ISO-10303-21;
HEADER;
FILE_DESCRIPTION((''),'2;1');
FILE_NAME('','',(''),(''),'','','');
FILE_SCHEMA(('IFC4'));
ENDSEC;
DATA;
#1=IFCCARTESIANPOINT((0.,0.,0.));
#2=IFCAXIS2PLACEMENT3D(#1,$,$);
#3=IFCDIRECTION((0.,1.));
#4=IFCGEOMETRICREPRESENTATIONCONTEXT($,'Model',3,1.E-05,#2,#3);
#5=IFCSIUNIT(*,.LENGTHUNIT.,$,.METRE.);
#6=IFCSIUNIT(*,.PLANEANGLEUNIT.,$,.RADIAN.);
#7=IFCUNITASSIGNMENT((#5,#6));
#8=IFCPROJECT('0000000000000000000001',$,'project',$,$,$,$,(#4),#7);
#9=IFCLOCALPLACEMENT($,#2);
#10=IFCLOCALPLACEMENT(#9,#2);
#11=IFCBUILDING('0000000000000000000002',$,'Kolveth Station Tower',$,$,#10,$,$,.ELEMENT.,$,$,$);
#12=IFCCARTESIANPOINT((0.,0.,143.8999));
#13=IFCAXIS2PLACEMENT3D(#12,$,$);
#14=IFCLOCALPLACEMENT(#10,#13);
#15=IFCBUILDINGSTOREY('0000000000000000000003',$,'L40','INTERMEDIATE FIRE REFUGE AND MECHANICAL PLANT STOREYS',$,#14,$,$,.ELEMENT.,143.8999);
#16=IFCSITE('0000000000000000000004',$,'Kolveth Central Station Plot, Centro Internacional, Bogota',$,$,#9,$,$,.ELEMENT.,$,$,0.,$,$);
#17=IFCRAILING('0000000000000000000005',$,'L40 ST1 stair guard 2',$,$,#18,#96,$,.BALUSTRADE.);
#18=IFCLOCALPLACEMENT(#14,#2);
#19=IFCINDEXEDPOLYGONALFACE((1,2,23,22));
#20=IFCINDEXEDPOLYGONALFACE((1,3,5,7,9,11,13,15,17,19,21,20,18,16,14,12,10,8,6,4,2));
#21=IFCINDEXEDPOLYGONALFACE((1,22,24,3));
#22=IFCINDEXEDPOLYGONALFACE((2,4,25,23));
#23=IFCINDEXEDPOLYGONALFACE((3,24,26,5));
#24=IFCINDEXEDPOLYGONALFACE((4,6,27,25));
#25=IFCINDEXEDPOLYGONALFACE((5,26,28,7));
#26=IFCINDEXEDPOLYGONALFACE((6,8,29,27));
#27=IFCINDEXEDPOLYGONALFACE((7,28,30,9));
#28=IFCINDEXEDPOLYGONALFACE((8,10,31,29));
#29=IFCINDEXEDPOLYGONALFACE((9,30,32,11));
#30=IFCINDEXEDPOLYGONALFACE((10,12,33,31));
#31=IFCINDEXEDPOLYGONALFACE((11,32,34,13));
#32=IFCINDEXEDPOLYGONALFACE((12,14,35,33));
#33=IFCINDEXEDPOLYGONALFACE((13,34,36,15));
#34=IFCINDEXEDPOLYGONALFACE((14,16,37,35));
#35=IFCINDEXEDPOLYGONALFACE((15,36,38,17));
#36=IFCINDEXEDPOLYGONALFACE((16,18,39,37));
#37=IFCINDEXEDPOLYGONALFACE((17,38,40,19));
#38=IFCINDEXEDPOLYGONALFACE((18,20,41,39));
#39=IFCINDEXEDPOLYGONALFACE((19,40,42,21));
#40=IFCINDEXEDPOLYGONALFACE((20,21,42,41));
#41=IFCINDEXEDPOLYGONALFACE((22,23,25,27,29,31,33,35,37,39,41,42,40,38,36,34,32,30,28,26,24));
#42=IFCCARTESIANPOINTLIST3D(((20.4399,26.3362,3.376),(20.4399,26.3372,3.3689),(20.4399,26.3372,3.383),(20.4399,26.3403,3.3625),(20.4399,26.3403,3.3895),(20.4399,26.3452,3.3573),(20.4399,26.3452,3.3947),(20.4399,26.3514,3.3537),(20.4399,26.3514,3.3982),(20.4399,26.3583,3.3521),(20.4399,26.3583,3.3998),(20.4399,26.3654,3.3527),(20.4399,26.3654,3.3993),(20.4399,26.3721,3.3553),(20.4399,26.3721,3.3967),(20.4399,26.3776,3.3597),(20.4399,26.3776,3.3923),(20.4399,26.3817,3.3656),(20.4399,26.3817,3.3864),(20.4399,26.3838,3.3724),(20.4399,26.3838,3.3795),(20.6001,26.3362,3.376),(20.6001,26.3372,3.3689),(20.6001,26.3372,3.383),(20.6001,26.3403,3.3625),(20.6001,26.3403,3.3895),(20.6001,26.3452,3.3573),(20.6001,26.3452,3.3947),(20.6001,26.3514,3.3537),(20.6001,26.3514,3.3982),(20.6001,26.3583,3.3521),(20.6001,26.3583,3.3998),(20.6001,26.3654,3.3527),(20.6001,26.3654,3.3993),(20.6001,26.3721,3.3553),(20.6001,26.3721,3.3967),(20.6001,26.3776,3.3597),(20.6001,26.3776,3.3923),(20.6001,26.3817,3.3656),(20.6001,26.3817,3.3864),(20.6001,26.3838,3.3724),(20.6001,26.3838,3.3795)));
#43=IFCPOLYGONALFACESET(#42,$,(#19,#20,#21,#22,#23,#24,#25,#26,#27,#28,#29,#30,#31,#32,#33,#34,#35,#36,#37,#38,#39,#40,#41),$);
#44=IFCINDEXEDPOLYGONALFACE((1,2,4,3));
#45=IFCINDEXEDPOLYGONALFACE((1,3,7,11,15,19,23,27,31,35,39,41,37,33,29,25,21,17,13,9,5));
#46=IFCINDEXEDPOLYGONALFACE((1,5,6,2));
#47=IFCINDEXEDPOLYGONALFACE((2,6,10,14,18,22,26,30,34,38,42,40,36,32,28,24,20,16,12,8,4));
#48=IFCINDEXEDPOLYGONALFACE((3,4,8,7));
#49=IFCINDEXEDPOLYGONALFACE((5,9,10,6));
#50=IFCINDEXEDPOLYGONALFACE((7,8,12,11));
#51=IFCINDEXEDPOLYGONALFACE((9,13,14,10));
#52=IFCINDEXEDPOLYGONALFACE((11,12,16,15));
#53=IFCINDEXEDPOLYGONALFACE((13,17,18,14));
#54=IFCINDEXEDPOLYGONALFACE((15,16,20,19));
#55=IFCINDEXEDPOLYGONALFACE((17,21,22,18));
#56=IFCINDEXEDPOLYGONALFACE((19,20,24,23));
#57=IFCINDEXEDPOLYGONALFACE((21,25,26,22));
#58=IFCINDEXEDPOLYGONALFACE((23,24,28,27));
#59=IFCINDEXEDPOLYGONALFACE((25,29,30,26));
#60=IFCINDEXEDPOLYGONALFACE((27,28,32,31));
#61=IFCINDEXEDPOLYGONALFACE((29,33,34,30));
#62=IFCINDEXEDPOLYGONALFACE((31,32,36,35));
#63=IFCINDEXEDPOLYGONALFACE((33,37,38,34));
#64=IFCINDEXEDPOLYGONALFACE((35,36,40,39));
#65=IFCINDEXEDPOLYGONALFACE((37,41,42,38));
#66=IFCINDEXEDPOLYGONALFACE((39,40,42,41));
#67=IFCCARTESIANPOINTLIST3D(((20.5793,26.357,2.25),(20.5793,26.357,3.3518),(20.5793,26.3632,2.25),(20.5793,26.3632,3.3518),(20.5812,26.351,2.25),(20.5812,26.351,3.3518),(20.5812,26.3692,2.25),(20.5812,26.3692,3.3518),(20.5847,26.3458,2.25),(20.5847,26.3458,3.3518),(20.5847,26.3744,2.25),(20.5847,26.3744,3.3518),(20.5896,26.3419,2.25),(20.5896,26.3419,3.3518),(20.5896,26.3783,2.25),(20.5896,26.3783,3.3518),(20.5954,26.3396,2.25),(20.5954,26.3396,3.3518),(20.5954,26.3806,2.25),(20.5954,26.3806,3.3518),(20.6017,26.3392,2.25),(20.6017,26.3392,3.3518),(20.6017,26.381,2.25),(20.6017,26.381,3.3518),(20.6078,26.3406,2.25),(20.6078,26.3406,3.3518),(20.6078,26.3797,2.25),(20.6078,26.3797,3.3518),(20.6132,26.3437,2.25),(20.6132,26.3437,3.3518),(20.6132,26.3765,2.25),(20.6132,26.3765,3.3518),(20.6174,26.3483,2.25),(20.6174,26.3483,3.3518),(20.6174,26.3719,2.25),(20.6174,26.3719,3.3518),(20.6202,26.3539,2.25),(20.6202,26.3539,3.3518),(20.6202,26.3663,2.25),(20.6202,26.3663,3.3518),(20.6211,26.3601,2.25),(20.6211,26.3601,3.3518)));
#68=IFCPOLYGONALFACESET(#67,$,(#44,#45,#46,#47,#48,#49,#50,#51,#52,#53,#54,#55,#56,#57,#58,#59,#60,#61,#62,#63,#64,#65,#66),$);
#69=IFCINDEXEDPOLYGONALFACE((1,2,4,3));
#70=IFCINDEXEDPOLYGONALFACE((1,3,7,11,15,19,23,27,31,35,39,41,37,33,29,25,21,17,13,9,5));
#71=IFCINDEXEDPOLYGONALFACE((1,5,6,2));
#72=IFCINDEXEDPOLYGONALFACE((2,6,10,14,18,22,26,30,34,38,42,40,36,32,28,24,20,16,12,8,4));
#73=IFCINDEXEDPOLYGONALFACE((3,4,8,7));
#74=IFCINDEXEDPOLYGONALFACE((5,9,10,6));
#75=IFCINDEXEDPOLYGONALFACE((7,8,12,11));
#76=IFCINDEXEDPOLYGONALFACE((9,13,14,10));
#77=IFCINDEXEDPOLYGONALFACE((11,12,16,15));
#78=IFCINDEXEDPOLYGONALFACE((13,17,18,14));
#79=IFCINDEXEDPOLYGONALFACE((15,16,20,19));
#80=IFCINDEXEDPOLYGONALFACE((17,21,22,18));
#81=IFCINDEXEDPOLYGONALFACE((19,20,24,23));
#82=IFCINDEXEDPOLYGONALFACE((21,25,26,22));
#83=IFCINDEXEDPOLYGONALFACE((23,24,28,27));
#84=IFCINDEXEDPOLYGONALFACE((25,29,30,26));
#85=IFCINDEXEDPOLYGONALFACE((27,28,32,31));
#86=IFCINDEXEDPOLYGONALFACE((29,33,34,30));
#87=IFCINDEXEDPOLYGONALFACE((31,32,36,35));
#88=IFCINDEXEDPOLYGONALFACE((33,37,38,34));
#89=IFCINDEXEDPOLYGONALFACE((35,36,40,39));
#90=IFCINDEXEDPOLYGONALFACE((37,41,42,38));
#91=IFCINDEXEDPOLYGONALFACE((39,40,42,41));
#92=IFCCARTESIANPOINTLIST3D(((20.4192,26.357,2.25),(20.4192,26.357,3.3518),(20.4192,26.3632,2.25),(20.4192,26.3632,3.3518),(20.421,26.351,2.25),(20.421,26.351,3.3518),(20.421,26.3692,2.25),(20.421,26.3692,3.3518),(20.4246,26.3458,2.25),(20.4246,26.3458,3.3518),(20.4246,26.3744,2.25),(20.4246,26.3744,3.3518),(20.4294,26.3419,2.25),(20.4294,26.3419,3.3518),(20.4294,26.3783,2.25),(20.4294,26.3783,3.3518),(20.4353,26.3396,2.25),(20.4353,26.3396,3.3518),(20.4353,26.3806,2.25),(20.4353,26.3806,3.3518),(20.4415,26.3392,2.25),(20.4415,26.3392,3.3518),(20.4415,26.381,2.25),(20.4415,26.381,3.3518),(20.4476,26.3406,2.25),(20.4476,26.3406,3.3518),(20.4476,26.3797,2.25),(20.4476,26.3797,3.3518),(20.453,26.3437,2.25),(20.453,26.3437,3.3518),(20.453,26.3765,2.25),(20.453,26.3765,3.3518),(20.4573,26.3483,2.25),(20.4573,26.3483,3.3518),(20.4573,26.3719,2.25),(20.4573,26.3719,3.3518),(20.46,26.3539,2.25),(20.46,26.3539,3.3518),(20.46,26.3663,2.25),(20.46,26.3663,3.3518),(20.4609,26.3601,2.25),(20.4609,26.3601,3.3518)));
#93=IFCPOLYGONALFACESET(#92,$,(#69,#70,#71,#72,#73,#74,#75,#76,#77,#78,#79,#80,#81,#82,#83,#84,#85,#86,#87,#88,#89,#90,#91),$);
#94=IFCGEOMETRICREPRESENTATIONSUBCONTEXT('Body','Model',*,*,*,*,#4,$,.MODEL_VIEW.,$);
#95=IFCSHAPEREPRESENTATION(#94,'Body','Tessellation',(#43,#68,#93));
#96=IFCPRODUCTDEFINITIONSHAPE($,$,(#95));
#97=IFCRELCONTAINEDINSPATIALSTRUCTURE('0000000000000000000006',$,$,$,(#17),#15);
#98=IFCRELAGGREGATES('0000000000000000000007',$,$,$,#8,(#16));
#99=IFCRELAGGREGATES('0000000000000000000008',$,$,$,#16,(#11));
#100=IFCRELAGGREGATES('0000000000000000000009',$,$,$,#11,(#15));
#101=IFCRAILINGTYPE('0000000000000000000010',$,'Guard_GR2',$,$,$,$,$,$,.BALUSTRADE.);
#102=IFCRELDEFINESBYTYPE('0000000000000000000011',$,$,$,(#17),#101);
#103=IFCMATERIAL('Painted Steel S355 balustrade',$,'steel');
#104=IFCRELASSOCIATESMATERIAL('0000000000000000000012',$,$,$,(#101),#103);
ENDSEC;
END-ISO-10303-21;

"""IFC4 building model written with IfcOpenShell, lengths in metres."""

from ifc_helpers import new_model, si_unit, direction, frame, origin, origin_2d, place, context, subcontext, project, spatial, circle, extrude, material, type_object, element, save


model = new_model("IFC4")

# Units and contexts
model_context = context("Model", 3, precision=1e-05, world=origin(), true_north=direction((0.0, 1.0)))
body_context = subcontext(model_context, "Body", "Model", "MODEL_VIEW")
ifc_project = project(units=[si_unit("LENGTHUNIT", "METRE"), si_unit("PLANEANGLEUNIT", "RADIAN")], contexts=[model_context])

# Site, building, storey
site_placement = place(None, origin())
site = spatial("IfcSite", under=ifc_project, at=site_placement, Name="Kolveth Central Station Plot, Centro Internacional, Bogota", CompositionType="ELEMENT", RefElevation=0.0)
building_placement = place(site_placement, origin())
building = spatial("IfcBuilding", under=site, at=building_placement, Name="Kolveth Station Tower", CompositionType="ELEMENT")
storey_placement = place(building_placement, frame((0.0, 0.0, 143.8999)))
storey = spatial("IfcBuildingStorey", under=building, at=storey_placement, Name="L40", Description="INTERMEDIATE FIRE REFUGE AND MECHANICAL PLANT STOREYS", CompositionType="ELEMENT", Elevation=143.8999)

# Railing
ifc_material_1 = material(Name="Painted Steel S355 balustrade", Category="steel")
railing_type_1 = type_object("IfcRailingType", Name="Guard_GR2", PredefinedType="BALUSTRADE", material=ifc_material_1)
railing_1_placement = place(storey_placement, frame((20.6001, 26.3601, 2.25)))
element("IfcRailing", 1, at=railing_1_placement, inside=storey, type_object=railing_type_1, Name="L40 ST1 stair guard 2", PredefinedType="BALUSTRADE", context=body_context, shape_type="SweptSolid", body=[
    extrude(circle(Radius=0.0239, at=origin_2d()), frame((0.0, 0.0, 1.126), z_axis=(-1.0, 0.0, 0.0), x_axis=(0.0, -1.0, 0.0)), (0.0, 0.0, 1.0), 0.1602),
    extrude(circle(Radius=0.021, at=origin_2d()), origin(), (0.0, 0.0, 1.0), 1.1018),
    extrude(circle(Radius=0.021, at=origin_2d()), frame((-0.1602, 0.0, 0.0)), (0.0, 0.0, 1.0), 1.1018),
])

save(model, "model.ifc")
